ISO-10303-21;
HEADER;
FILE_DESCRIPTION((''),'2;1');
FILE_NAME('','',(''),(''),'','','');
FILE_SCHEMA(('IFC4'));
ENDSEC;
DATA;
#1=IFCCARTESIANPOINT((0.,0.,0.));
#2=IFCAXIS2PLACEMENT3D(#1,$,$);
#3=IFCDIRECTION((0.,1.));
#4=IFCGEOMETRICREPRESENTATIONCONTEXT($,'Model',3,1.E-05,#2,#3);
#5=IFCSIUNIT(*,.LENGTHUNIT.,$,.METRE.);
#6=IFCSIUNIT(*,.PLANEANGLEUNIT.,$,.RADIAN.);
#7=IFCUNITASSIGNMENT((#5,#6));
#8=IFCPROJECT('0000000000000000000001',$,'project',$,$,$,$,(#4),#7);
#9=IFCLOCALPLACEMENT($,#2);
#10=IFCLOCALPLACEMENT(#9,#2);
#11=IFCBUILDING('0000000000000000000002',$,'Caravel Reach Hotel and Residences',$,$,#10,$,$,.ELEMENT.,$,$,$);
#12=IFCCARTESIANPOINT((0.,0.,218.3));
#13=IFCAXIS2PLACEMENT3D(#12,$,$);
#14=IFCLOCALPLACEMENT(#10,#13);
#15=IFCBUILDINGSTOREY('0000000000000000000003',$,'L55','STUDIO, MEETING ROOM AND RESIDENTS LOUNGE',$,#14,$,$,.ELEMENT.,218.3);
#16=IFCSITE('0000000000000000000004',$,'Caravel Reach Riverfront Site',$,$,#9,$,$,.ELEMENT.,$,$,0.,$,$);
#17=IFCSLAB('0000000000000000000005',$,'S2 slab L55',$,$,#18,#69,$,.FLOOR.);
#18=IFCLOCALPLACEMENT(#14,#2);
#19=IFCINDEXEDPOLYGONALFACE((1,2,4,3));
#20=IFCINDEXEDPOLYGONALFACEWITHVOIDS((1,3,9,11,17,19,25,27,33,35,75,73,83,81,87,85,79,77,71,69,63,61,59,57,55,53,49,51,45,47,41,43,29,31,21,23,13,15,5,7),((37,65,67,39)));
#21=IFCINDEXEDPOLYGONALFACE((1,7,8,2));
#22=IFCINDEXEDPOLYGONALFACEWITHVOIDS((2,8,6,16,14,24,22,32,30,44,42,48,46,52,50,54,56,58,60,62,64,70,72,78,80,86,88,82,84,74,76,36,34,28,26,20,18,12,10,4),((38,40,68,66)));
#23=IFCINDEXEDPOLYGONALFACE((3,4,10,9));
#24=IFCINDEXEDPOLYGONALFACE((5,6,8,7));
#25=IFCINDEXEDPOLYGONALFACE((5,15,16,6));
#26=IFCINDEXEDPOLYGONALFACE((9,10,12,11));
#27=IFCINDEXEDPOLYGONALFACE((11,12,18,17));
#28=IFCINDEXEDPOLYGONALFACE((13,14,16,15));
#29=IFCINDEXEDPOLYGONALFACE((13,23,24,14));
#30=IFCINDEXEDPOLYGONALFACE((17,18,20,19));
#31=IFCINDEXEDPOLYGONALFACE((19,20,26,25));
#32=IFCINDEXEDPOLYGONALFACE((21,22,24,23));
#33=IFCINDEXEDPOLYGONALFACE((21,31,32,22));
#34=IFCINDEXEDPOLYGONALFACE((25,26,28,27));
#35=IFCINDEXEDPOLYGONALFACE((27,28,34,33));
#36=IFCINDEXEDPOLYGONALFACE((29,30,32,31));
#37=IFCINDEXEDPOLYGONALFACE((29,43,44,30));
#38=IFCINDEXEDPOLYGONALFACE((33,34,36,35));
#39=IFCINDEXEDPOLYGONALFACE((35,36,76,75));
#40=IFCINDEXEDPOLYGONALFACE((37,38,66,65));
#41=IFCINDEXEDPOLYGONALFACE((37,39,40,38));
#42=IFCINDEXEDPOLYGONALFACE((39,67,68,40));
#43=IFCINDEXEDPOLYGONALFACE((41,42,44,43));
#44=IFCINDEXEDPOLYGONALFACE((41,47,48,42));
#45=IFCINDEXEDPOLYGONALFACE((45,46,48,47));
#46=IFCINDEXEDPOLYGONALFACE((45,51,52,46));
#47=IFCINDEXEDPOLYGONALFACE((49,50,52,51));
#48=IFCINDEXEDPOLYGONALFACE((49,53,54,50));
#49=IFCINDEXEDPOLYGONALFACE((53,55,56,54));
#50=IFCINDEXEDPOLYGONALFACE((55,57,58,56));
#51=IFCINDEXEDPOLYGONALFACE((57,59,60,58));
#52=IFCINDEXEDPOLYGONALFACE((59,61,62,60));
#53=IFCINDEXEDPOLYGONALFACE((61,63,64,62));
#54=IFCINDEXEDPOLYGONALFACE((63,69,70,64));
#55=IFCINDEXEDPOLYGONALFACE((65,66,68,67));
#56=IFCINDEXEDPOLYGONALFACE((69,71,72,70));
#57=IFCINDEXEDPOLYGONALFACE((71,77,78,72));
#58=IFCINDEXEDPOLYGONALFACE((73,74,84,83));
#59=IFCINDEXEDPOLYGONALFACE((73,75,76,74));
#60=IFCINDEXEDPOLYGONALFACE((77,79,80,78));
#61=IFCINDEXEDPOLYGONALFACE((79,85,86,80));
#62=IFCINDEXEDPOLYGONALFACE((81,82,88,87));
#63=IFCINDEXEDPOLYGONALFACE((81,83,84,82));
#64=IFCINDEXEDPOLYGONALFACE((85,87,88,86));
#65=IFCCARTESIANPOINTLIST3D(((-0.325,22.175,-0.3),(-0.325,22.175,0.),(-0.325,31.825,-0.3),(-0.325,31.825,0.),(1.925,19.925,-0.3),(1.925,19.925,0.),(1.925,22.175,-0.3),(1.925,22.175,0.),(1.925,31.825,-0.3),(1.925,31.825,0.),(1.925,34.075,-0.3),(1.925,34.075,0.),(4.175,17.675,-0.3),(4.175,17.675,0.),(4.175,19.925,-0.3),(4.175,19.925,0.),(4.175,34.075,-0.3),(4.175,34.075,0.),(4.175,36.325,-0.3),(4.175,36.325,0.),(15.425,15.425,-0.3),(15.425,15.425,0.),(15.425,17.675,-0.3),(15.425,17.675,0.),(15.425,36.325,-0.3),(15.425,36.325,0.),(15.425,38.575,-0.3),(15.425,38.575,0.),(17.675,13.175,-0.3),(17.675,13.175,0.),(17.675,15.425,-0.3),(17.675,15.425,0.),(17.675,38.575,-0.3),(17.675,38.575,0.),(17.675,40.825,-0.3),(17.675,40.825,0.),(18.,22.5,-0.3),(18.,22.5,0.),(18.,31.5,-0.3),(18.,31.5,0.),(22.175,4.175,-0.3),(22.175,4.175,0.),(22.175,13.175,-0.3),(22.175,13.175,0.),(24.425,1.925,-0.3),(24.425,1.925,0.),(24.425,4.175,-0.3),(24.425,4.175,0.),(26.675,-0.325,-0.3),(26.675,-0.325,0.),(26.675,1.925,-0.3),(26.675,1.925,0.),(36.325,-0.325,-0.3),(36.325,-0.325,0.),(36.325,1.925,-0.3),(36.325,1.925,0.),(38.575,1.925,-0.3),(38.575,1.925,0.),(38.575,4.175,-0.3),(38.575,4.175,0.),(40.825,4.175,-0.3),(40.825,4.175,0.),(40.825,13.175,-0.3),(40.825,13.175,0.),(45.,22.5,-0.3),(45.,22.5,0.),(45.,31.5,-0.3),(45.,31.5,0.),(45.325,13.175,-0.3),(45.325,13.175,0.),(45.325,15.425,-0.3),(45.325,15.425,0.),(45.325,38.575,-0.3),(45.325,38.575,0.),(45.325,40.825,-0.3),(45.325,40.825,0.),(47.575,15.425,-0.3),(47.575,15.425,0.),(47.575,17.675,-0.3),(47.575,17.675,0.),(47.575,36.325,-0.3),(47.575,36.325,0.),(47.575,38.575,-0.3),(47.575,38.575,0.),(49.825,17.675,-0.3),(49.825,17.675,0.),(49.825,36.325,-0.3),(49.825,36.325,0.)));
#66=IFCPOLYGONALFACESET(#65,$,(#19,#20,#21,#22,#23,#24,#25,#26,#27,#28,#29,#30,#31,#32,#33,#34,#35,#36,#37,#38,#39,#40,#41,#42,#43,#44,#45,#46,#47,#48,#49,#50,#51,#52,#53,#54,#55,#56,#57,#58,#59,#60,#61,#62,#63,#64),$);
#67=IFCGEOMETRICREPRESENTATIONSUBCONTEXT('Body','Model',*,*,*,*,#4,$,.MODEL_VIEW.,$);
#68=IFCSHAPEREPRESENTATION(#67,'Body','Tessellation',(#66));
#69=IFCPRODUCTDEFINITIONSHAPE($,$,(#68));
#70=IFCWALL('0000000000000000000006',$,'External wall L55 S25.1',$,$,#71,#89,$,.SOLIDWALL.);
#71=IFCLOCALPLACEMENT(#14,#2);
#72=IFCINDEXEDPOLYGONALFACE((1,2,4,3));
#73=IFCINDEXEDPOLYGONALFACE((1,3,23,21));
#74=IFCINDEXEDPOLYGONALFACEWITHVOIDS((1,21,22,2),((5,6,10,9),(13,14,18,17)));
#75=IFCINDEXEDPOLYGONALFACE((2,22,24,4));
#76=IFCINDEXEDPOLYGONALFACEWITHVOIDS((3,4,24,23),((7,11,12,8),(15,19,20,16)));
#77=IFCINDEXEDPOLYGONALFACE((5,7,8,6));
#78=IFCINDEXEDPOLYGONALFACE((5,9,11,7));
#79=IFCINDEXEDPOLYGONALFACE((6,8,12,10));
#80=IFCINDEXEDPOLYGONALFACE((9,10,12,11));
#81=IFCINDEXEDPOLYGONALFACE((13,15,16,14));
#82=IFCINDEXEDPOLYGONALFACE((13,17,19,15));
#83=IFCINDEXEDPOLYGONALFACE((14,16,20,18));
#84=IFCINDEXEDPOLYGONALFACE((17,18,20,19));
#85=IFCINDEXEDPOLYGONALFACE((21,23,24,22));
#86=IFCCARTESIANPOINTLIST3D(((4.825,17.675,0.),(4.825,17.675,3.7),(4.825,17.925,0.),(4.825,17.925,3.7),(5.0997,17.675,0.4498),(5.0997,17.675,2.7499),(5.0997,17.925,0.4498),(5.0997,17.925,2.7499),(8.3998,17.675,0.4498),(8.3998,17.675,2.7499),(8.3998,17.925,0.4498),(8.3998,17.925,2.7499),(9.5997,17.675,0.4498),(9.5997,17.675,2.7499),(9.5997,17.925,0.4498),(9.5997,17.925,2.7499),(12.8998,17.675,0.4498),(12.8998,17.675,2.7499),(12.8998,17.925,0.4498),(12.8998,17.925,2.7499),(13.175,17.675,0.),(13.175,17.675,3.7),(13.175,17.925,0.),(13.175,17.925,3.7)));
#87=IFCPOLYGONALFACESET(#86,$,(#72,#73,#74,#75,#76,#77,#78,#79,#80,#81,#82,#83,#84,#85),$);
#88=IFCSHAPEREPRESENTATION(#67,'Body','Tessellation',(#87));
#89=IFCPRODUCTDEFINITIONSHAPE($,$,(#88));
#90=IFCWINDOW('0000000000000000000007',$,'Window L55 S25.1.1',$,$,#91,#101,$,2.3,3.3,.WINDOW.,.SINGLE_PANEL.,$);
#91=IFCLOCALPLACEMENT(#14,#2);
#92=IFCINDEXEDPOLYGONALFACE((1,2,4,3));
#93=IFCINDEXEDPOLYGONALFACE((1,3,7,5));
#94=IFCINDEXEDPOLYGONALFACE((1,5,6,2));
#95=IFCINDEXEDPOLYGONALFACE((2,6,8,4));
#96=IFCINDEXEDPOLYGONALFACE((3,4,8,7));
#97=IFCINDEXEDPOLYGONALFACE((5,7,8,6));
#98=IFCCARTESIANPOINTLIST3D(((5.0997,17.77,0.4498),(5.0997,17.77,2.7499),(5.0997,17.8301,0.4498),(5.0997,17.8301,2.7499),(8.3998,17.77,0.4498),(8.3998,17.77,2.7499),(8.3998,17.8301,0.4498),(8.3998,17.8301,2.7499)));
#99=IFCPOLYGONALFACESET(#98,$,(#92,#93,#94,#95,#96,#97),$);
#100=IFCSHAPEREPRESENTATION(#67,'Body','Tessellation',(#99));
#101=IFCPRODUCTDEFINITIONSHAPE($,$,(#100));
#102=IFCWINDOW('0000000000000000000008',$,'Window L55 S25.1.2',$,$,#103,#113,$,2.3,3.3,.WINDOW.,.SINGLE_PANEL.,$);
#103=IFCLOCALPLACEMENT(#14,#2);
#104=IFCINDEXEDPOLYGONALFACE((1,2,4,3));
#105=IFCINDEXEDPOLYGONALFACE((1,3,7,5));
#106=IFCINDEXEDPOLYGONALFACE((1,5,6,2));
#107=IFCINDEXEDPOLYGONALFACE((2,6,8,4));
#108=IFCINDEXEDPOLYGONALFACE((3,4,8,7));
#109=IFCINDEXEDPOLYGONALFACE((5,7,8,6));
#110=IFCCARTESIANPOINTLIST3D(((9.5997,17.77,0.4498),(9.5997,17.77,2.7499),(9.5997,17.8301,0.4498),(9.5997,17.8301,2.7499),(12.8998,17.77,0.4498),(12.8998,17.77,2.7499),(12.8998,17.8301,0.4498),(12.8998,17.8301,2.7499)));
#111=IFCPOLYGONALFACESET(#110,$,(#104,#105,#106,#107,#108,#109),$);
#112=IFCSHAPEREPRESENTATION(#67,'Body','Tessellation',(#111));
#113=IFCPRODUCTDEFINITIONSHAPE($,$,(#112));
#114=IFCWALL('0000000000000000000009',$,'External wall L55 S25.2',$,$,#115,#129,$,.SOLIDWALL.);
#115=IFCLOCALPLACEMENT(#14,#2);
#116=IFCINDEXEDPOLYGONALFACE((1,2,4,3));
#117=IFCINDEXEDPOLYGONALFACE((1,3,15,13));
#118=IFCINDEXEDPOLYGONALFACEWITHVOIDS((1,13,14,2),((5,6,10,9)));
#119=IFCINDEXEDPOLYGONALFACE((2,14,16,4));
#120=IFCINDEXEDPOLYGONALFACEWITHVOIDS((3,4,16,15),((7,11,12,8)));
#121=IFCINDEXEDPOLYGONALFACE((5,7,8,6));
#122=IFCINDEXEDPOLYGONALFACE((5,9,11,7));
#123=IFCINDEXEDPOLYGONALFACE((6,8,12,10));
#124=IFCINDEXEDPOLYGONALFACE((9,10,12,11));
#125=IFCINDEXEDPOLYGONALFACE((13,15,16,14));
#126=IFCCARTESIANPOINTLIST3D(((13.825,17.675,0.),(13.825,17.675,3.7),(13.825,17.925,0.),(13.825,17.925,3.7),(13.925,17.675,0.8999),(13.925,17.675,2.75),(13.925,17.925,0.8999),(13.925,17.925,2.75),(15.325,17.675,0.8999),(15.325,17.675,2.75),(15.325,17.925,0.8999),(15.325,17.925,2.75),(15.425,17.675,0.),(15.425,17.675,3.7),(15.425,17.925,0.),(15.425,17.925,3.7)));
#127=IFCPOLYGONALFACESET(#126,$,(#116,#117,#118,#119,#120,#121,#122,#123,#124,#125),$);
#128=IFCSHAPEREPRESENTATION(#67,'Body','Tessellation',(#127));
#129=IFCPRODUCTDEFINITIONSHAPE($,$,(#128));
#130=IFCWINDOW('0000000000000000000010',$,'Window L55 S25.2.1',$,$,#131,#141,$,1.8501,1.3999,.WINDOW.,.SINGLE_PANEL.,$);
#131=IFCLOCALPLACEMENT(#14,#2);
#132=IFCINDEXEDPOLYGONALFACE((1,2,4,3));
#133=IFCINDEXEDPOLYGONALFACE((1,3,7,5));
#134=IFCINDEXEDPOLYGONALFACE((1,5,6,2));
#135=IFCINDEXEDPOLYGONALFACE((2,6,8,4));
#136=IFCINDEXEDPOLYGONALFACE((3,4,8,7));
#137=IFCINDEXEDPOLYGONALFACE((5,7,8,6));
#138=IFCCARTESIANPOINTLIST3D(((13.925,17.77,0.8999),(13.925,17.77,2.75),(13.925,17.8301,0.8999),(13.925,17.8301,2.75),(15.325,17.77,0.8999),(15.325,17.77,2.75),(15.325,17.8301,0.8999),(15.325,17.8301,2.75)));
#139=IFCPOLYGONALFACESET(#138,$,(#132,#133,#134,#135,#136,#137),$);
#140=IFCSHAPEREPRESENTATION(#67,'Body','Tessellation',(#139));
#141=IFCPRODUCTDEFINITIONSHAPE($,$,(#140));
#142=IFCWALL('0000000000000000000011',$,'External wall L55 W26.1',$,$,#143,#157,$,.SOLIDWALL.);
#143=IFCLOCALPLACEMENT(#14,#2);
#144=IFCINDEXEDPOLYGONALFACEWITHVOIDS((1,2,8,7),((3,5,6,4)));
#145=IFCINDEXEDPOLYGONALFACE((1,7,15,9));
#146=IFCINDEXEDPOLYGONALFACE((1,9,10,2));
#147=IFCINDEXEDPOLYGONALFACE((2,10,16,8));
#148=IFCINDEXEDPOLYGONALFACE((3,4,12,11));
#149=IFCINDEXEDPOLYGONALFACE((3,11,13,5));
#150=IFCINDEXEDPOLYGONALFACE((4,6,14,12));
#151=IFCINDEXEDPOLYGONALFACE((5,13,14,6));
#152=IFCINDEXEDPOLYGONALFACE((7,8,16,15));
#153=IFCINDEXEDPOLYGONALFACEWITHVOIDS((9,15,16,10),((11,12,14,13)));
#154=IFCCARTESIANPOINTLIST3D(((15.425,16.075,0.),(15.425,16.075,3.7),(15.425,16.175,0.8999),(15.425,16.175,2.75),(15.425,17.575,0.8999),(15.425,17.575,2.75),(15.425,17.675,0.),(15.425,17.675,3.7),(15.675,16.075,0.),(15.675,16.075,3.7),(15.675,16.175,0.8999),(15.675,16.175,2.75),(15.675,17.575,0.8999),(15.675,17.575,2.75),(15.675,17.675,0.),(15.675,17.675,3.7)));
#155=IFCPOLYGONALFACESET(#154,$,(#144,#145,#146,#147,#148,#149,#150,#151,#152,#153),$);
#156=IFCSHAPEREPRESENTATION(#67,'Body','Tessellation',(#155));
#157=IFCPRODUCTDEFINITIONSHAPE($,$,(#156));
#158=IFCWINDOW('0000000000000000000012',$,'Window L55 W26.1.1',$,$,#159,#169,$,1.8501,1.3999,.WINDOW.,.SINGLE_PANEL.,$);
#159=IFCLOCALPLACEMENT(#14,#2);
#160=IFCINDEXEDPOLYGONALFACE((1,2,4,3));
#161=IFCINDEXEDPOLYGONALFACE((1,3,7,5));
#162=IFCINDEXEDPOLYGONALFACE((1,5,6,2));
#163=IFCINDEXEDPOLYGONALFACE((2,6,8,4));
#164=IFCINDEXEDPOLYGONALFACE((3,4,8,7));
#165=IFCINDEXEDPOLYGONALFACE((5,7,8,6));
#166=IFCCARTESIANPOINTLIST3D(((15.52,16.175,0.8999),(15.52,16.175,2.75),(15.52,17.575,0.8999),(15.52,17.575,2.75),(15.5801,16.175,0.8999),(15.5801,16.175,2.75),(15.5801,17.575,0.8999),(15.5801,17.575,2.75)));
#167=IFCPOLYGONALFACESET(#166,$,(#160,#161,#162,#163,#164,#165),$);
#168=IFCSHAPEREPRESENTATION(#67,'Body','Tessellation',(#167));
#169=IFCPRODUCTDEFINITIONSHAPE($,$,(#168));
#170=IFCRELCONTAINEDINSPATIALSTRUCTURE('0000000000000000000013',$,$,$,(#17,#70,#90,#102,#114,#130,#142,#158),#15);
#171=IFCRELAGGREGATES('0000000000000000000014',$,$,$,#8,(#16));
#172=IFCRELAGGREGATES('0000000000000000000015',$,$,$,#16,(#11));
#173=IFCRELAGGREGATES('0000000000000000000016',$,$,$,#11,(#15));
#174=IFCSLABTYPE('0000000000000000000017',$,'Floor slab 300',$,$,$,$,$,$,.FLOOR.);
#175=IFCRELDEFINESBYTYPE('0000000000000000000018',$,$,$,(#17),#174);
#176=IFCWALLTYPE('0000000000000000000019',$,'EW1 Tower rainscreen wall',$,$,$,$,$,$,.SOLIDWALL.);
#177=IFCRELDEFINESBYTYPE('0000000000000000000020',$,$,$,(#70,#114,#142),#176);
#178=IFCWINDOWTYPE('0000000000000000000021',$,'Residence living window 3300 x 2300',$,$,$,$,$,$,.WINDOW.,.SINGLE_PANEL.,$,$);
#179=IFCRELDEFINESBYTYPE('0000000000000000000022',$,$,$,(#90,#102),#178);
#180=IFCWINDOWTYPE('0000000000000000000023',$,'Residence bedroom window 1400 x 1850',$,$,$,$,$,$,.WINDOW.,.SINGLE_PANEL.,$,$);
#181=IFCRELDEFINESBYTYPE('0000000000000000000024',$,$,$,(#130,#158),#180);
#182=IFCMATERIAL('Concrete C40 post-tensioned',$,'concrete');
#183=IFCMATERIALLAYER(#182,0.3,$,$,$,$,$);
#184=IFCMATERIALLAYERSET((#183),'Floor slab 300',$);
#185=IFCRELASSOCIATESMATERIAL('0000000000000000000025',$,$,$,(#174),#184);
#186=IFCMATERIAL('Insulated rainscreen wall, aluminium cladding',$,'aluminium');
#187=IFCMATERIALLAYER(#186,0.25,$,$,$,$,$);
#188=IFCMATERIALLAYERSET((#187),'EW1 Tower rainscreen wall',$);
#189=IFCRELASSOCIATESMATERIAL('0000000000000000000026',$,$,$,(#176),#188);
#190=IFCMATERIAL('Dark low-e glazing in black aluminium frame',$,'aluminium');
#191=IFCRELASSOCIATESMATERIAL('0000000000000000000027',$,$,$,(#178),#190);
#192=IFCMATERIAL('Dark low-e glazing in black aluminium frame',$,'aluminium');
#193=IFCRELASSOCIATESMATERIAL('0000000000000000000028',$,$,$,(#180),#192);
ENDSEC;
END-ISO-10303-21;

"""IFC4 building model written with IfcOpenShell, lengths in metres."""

from ifc_helpers import new_model, si_unit, direction, frame, frame_2d, origin, place, context, subcontext, project, spatial, polyline, rectangle, outline, extrude, material, layer, layer_set, type_object, element, fill, save


model = new_model("IFC4")

# Units and contexts
model_context = context("Model", 3, precision=1e-05, world=origin(), true_north=direction((0.0, 1.0)))
body_context = subcontext(model_context, "Body", "Model", "MODEL_VIEW")
ifc_project = project(units=[si_unit("LENGTHUNIT", "METRE"), si_unit("PLANEANGLEUNIT", "RADIAN")], contexts=[model_context])

# Site, building, storey
site_placement = place(None, origin())
site = spatial("IfcSite", under=ifc_project, at=site_placement, Name="Caravel Reach Riverfront Site", CompositionType="ELEMENT", RefElevation=0.0)
building_placement = place(site_placement, origin())
building = spatial("IfcBuilding", under=site, at=building_placement, Name="Caravel Reach Hotel and Residences", CompositionType="ELEMENT")
storey_placement = place(building_placement, frame((0.0, 0.0, 218.3)))
storey = spatial("IfcBuildingStorey", under=building, at=storey_placement, Name="L55", Description="STUDIO, MEETING ROOM AND RESIDENTS LOUNGE", CompositionType="ELEMENT", Elevation=218.3)

# Slab
ifc_material_1 = material(Name="Concrete C40 post-tensioned", Category="concrete")
ifc_layer_1 = layer(ifc_material_1, 0.3)
ifc_layer_set_1 = layer_set([ifc_layer_1], Name="Floor slab 300")
slab_type_1 = type_object("IfcSlabType", Name="Floor slab 300", PredefinedType="FLOOR", material=ifc_layer_set_1)
slab_1_placement = place(storey_placement, frame((0.0, 0.0, -0.3)))
element("IfcSlab", 1, at=slab_1_placement, inside=storey, type_object=slab_type_1, Name="S2 slab L55", PredefinedType="FLOOR", context=body_context, shape_type="SweptSolid", body=[
    extrude(outline(polyline([(38.575, 4.175), (38.575, 1.925), (36.325, 1.925), (36.325, -0.325), (26.675, -0.325), (26.675, 1.925), (24.425, 1.925), (24.425, 4.175), (22.175, 4.175), (22.175, 13.175), (17.675, 13.175), (17.675, 15.425), (15.425, 15.425), (15.425, 17.675), (4.175, 17.675), (4.175, 19.925), (1.925, 19.925), (1.925, 22.175), (-0.325, 22.175), (-0.325, 31.825), (1.925, 31.825), (1.925, 34.075), (4.175, 34.075), (4.175, 36.325), (15.425, 36.325), (15.425, 38.575), (17.675, 38.575), (17.675, 40.825), (45.325, 40.825), (45.325, 38.575), (47.575, 38.575), (47.575, 36.325), (49.825, 36.325), (49.825, 17.675), (47.575, 17.675), (47.575, 15.425), (45.325, 15.425), (45.325, 13.175), (40.825, 13.175), (40.825, 4.175), (38.575, 4.175)]), holes=[polyline([(45.0, 31.5), (18.0, 31.5), (18.0, 22.5), (45.0, 22.5), (45.0, 31.5)])]), origin(), (0.0, 0.0, 1.0), 0.3),
])

# Wall, openings, windows
ifc_material_2 = material(Name="Insulated rainscreen wall, aluminium cladding", Category="aluminium")
ifc_layer_2 = layer(ifc_material_2, 0.25)
ifc_layer_set_2 = layer_set([ifc_layer_2], Name="EW1 Tower rainscreen wall")
wall_type_1 = type_object("IfcWallType", Name="EW1 Tower rainscreen wall", PredefinedType="SOLIDWALL", material=ifc_layer_set_2)
wall_1_placement = place(storey_placement, frame((4.825, 17.8, 0.0), z_axis=(0.0, 0.0, 1.0), x_axis=(1.0, 0.0, 0.0)))
wall_1 = element("IfcWall", 2, at=wall_1_placement, inside=storey, type_object=wall_type_1, Name="External wall L55 S25.1", PredefinedType="SOLIDWALL", context=body_context, shape_type="SweptSolid", body=[
    extrude(rectangle(XDim=8.3501, YDim=0.25, at=frame_2d((4.175, 0.0))), origin(), (0.0, 0.0, 1.0), 3.7),
])
opening_1_placement = place(wall_1_placement, frame((0.2749, 0.0, 0.45)))
opening_1 = element("IfcOpeningElement", 3, at=opening_1_placement, cuts=wall_1, PredefinedType="OPENING", context=body_context, shape_type="SweptSolid", body=[
    extrude(rectangle(XDim=3.3, YDim=2.3, at=frame_2d((1.6499, 1.1499))), frame((0.0, 0.135, 0.0), z_axis=(0.0, -1.0, 0.0), x_axis=(1.0, 0.0, 0.0)), (0.0, 0.0, 1.0), 0.27),
])
opening_2_placement = place(wall_1_placement, frame((4.7749, 0.0, 0.45)))
opening_2 = element("IfcOpeningElement", 4, at=opening_2_placement, cuts=wall_1, PredefinedType="OPENING", context=body_context, shape_type="SweptSolid", body=[
    extrude(rectangle(XDim=3.3, YDim=2.3, at=frame_2d((1.6499, 1.1499))), frame((0.0, 0.135, 0.0), z_axis=(0.0, -1.0, 0.0), x_axis=(1.0, 0.0, 0.0)), (0.0, 0.0, 1.0), 0.27),
])
ifc_material_3 = material(Name="Dark low-e glazing in black aluminium frame", Category="aluminium")
window_type_1 = type_object("IfcWindowType", Name="Residence living window 3300 x 2300", PartitioningType="SINGLE_PANEL", PredefinedType="WINDOW", material=ifc_material_3)
window_1_placement = place(opening_1_placement, origin())
window_1 = element("IfcWindow", 5, at=window_1_placement, inside=storey, type_object=window_type_1, Name="Window L55 S25.1.1", OverallHeight=2.3, OverallWidth=3.3, PartitioningType="SINGLE_PANEL", PredefinedType="WINDOW", context=body_context, shape_type="SweptSolid", body=[
    extrude(rectangle(XDim=3.3, YDim=2.3, at=frame_2d((1.6499, 1.1499))), frame((0.0, 0.03, 0.0), z_axis=(0.0, -1.0, 0.0), x_axis=(1.0, 0.0, 0.0)), (0.0, 0.0, 1.0), 0.0601),
])
fill(opening_1, window_1)
window_2_placement = place(opening_2_placement, origin())
window_2 = element("IfcWindow", 6, at=window_2_placement, inside=storey, type_object=window_type_1, Name="Window L55 S25.1.2", OverallHeight=2.3, OverallWidth=3.3, PartitioningType="SINGLE_PANEL", PredefinedType="WINDOW", context=body_context, shape_type="SweptSolid", body=[
    extrude(rectangle(XDim=3.3, YDim=2.3, at=frame_2d((1.6499, 1.1499))), frame((0.0, 0.03, 0.0), z_axis=(0.0, -1.0, 0.0), x_axis=(1.0, 0.0, 0.0)), (0.0, 0.0, 1.0), 0.0601),
])
fill(opening_2, window_2)

# Walls, openings, windows
wall_2_placement = place(storey_placement, frame((13.825, 17.8, 0.0), z_axis=(0.0, 0.0, 1.0), x_axis=(1.0, 0.0, 0.0)))
wall_2 = element("IfcWall", 7, at=wall_2_placement, inside=storey, type_object=wall_type_1, Name="External wall L55 S25.2", PredefinedType="SOLIDWALL", context=body_context, shape_type="SweptSolid", body=[
    extrude(rectangle(XDim=1.6001, YDim=0.25, at=frame_2d((0.8, 0.0))), origin(), (0.0, 0.0, 1.0), 3.7),
])
opening_3_placement = place(wall_2_placement, frame((0.1001, 0.0, 0.8999)))
opening_3 = element("IfcOpeningElement", 8, at=opening_3_placement, cuts=wall_2, PredefinedType="OPENING", context=body_context, shape_type="SweptSolid", body=[
    extrude(rectangle(XDim=1.3999, YDim=1.8501, at=frame_2d((0.7, 0.925))), frame((0.0, 0.135, 0.0), z_axis=(0.0, -1.0, 0.0), x_axis=(1.0, 0.0, 0.0)), (0.0, 0.0, 1.0), 0.27),
])
ifc_material_4 = material(Name="Dark low-e glazing in black aluminium frame", Category="aluminium")
window_type_2 = type_object("IfcWindowType", Name="Residence bedroom window 1400 x 1850", PartitioningType="SINGLE_PANEL", PredefinedType="WINDOW", material=ifc_material_4)
window_3_placement = place(opening_3_placement, origin())
window_3 = element("IfcWindow", 9, at=window_3_placement, inside=storey, type_object=window_type_2, Name="Window L55 S25.2.1", OverallHeight=1.8501, OverallWidth=1.3999, PartitioningType="SINGLE_PANEL", PredefinedType="WINDOW", context=body_context, shape_type="SweptSolid", body=[
    extrude(rectangle(XDim=1.3999, YDim=1.8501, at=frame_2d((0.7, 0.925))), frame((0.0, 0.03, 0.0), z_axis=(0.0, -1.0, 0.0), x_axis=(1.0, 0.0, 0.0)), (0.0, 0.0, 1.0), 0.0601),
])
fill(opening_3, window_3)
wall_3_placement = place(storey_placement, frame((15.55, 17.675, 0.0), z_axis=(0.0, 0.0, 1.0), x_axis=(0.0, -1.0, 0.0)))
wall_3 = element("IfcWall", 10, at=wall_3_placement, inside=storey, type_object=wall_type_1, Name="External wall L55 W26.1", PredefinedType="SOLIDWALL", context=body_context, shape_type="SweptSolid", body=[
    extrude(rectangle(XDim=1.6001, YDim=0.25, at=frame_2d((0.8, 0.0))), origin(), (0.0, 0.0, 1.0), 3.7),
])
opening_4_placement = place(wall_3_placement, frame((0.1001, 0.0, 0.8999)))
opening_4 = element("IfcOpeningElement", 11, at=opening_4_placement, cuts=wall_3, PredefinedType="OPENING", context=body_context, shape_type="SweptSolid", body=[
    extrude(rectangle(XDim=1.3999, YDim=1.8501, at=frame_2d((0.7, 0.925))), frame((0.0, 0.135, 0.0), z_axis=(0.0, -1.0, 0.0), x_axis=(1.0, 0.0, 0.0)), (0.0, 0.0, 1.0), 0.27),
])
window_4_placement = place(opening_4_placement, origin())
window_4 = element("IfcWindow", 12, at=window_4_placement, inside=storey, type_object=window_type_2, Name="Window L55 W26.1.1", OverallHeight=1.8501, OverallWidth=1.3999, PartitioningType="SINGLE_PANEL", PredefinedType="WINDOW", context=body_context, shape_type="SweptSolid", body=[
    extrude(rectangle(XDim=1.3999, YDim=1.8501, at=frame_2d((0.7, 0.925))), frame((0.0, 0.03, 0.0), z_axis=(0.0, -1.0, 0.0), x_axis=(1.0, 0.0, 0.0)), (0.0, 0.0, 1.0), 0.0601),
])
fill(opening_4, window_4)

save(model, "model.ifc")
